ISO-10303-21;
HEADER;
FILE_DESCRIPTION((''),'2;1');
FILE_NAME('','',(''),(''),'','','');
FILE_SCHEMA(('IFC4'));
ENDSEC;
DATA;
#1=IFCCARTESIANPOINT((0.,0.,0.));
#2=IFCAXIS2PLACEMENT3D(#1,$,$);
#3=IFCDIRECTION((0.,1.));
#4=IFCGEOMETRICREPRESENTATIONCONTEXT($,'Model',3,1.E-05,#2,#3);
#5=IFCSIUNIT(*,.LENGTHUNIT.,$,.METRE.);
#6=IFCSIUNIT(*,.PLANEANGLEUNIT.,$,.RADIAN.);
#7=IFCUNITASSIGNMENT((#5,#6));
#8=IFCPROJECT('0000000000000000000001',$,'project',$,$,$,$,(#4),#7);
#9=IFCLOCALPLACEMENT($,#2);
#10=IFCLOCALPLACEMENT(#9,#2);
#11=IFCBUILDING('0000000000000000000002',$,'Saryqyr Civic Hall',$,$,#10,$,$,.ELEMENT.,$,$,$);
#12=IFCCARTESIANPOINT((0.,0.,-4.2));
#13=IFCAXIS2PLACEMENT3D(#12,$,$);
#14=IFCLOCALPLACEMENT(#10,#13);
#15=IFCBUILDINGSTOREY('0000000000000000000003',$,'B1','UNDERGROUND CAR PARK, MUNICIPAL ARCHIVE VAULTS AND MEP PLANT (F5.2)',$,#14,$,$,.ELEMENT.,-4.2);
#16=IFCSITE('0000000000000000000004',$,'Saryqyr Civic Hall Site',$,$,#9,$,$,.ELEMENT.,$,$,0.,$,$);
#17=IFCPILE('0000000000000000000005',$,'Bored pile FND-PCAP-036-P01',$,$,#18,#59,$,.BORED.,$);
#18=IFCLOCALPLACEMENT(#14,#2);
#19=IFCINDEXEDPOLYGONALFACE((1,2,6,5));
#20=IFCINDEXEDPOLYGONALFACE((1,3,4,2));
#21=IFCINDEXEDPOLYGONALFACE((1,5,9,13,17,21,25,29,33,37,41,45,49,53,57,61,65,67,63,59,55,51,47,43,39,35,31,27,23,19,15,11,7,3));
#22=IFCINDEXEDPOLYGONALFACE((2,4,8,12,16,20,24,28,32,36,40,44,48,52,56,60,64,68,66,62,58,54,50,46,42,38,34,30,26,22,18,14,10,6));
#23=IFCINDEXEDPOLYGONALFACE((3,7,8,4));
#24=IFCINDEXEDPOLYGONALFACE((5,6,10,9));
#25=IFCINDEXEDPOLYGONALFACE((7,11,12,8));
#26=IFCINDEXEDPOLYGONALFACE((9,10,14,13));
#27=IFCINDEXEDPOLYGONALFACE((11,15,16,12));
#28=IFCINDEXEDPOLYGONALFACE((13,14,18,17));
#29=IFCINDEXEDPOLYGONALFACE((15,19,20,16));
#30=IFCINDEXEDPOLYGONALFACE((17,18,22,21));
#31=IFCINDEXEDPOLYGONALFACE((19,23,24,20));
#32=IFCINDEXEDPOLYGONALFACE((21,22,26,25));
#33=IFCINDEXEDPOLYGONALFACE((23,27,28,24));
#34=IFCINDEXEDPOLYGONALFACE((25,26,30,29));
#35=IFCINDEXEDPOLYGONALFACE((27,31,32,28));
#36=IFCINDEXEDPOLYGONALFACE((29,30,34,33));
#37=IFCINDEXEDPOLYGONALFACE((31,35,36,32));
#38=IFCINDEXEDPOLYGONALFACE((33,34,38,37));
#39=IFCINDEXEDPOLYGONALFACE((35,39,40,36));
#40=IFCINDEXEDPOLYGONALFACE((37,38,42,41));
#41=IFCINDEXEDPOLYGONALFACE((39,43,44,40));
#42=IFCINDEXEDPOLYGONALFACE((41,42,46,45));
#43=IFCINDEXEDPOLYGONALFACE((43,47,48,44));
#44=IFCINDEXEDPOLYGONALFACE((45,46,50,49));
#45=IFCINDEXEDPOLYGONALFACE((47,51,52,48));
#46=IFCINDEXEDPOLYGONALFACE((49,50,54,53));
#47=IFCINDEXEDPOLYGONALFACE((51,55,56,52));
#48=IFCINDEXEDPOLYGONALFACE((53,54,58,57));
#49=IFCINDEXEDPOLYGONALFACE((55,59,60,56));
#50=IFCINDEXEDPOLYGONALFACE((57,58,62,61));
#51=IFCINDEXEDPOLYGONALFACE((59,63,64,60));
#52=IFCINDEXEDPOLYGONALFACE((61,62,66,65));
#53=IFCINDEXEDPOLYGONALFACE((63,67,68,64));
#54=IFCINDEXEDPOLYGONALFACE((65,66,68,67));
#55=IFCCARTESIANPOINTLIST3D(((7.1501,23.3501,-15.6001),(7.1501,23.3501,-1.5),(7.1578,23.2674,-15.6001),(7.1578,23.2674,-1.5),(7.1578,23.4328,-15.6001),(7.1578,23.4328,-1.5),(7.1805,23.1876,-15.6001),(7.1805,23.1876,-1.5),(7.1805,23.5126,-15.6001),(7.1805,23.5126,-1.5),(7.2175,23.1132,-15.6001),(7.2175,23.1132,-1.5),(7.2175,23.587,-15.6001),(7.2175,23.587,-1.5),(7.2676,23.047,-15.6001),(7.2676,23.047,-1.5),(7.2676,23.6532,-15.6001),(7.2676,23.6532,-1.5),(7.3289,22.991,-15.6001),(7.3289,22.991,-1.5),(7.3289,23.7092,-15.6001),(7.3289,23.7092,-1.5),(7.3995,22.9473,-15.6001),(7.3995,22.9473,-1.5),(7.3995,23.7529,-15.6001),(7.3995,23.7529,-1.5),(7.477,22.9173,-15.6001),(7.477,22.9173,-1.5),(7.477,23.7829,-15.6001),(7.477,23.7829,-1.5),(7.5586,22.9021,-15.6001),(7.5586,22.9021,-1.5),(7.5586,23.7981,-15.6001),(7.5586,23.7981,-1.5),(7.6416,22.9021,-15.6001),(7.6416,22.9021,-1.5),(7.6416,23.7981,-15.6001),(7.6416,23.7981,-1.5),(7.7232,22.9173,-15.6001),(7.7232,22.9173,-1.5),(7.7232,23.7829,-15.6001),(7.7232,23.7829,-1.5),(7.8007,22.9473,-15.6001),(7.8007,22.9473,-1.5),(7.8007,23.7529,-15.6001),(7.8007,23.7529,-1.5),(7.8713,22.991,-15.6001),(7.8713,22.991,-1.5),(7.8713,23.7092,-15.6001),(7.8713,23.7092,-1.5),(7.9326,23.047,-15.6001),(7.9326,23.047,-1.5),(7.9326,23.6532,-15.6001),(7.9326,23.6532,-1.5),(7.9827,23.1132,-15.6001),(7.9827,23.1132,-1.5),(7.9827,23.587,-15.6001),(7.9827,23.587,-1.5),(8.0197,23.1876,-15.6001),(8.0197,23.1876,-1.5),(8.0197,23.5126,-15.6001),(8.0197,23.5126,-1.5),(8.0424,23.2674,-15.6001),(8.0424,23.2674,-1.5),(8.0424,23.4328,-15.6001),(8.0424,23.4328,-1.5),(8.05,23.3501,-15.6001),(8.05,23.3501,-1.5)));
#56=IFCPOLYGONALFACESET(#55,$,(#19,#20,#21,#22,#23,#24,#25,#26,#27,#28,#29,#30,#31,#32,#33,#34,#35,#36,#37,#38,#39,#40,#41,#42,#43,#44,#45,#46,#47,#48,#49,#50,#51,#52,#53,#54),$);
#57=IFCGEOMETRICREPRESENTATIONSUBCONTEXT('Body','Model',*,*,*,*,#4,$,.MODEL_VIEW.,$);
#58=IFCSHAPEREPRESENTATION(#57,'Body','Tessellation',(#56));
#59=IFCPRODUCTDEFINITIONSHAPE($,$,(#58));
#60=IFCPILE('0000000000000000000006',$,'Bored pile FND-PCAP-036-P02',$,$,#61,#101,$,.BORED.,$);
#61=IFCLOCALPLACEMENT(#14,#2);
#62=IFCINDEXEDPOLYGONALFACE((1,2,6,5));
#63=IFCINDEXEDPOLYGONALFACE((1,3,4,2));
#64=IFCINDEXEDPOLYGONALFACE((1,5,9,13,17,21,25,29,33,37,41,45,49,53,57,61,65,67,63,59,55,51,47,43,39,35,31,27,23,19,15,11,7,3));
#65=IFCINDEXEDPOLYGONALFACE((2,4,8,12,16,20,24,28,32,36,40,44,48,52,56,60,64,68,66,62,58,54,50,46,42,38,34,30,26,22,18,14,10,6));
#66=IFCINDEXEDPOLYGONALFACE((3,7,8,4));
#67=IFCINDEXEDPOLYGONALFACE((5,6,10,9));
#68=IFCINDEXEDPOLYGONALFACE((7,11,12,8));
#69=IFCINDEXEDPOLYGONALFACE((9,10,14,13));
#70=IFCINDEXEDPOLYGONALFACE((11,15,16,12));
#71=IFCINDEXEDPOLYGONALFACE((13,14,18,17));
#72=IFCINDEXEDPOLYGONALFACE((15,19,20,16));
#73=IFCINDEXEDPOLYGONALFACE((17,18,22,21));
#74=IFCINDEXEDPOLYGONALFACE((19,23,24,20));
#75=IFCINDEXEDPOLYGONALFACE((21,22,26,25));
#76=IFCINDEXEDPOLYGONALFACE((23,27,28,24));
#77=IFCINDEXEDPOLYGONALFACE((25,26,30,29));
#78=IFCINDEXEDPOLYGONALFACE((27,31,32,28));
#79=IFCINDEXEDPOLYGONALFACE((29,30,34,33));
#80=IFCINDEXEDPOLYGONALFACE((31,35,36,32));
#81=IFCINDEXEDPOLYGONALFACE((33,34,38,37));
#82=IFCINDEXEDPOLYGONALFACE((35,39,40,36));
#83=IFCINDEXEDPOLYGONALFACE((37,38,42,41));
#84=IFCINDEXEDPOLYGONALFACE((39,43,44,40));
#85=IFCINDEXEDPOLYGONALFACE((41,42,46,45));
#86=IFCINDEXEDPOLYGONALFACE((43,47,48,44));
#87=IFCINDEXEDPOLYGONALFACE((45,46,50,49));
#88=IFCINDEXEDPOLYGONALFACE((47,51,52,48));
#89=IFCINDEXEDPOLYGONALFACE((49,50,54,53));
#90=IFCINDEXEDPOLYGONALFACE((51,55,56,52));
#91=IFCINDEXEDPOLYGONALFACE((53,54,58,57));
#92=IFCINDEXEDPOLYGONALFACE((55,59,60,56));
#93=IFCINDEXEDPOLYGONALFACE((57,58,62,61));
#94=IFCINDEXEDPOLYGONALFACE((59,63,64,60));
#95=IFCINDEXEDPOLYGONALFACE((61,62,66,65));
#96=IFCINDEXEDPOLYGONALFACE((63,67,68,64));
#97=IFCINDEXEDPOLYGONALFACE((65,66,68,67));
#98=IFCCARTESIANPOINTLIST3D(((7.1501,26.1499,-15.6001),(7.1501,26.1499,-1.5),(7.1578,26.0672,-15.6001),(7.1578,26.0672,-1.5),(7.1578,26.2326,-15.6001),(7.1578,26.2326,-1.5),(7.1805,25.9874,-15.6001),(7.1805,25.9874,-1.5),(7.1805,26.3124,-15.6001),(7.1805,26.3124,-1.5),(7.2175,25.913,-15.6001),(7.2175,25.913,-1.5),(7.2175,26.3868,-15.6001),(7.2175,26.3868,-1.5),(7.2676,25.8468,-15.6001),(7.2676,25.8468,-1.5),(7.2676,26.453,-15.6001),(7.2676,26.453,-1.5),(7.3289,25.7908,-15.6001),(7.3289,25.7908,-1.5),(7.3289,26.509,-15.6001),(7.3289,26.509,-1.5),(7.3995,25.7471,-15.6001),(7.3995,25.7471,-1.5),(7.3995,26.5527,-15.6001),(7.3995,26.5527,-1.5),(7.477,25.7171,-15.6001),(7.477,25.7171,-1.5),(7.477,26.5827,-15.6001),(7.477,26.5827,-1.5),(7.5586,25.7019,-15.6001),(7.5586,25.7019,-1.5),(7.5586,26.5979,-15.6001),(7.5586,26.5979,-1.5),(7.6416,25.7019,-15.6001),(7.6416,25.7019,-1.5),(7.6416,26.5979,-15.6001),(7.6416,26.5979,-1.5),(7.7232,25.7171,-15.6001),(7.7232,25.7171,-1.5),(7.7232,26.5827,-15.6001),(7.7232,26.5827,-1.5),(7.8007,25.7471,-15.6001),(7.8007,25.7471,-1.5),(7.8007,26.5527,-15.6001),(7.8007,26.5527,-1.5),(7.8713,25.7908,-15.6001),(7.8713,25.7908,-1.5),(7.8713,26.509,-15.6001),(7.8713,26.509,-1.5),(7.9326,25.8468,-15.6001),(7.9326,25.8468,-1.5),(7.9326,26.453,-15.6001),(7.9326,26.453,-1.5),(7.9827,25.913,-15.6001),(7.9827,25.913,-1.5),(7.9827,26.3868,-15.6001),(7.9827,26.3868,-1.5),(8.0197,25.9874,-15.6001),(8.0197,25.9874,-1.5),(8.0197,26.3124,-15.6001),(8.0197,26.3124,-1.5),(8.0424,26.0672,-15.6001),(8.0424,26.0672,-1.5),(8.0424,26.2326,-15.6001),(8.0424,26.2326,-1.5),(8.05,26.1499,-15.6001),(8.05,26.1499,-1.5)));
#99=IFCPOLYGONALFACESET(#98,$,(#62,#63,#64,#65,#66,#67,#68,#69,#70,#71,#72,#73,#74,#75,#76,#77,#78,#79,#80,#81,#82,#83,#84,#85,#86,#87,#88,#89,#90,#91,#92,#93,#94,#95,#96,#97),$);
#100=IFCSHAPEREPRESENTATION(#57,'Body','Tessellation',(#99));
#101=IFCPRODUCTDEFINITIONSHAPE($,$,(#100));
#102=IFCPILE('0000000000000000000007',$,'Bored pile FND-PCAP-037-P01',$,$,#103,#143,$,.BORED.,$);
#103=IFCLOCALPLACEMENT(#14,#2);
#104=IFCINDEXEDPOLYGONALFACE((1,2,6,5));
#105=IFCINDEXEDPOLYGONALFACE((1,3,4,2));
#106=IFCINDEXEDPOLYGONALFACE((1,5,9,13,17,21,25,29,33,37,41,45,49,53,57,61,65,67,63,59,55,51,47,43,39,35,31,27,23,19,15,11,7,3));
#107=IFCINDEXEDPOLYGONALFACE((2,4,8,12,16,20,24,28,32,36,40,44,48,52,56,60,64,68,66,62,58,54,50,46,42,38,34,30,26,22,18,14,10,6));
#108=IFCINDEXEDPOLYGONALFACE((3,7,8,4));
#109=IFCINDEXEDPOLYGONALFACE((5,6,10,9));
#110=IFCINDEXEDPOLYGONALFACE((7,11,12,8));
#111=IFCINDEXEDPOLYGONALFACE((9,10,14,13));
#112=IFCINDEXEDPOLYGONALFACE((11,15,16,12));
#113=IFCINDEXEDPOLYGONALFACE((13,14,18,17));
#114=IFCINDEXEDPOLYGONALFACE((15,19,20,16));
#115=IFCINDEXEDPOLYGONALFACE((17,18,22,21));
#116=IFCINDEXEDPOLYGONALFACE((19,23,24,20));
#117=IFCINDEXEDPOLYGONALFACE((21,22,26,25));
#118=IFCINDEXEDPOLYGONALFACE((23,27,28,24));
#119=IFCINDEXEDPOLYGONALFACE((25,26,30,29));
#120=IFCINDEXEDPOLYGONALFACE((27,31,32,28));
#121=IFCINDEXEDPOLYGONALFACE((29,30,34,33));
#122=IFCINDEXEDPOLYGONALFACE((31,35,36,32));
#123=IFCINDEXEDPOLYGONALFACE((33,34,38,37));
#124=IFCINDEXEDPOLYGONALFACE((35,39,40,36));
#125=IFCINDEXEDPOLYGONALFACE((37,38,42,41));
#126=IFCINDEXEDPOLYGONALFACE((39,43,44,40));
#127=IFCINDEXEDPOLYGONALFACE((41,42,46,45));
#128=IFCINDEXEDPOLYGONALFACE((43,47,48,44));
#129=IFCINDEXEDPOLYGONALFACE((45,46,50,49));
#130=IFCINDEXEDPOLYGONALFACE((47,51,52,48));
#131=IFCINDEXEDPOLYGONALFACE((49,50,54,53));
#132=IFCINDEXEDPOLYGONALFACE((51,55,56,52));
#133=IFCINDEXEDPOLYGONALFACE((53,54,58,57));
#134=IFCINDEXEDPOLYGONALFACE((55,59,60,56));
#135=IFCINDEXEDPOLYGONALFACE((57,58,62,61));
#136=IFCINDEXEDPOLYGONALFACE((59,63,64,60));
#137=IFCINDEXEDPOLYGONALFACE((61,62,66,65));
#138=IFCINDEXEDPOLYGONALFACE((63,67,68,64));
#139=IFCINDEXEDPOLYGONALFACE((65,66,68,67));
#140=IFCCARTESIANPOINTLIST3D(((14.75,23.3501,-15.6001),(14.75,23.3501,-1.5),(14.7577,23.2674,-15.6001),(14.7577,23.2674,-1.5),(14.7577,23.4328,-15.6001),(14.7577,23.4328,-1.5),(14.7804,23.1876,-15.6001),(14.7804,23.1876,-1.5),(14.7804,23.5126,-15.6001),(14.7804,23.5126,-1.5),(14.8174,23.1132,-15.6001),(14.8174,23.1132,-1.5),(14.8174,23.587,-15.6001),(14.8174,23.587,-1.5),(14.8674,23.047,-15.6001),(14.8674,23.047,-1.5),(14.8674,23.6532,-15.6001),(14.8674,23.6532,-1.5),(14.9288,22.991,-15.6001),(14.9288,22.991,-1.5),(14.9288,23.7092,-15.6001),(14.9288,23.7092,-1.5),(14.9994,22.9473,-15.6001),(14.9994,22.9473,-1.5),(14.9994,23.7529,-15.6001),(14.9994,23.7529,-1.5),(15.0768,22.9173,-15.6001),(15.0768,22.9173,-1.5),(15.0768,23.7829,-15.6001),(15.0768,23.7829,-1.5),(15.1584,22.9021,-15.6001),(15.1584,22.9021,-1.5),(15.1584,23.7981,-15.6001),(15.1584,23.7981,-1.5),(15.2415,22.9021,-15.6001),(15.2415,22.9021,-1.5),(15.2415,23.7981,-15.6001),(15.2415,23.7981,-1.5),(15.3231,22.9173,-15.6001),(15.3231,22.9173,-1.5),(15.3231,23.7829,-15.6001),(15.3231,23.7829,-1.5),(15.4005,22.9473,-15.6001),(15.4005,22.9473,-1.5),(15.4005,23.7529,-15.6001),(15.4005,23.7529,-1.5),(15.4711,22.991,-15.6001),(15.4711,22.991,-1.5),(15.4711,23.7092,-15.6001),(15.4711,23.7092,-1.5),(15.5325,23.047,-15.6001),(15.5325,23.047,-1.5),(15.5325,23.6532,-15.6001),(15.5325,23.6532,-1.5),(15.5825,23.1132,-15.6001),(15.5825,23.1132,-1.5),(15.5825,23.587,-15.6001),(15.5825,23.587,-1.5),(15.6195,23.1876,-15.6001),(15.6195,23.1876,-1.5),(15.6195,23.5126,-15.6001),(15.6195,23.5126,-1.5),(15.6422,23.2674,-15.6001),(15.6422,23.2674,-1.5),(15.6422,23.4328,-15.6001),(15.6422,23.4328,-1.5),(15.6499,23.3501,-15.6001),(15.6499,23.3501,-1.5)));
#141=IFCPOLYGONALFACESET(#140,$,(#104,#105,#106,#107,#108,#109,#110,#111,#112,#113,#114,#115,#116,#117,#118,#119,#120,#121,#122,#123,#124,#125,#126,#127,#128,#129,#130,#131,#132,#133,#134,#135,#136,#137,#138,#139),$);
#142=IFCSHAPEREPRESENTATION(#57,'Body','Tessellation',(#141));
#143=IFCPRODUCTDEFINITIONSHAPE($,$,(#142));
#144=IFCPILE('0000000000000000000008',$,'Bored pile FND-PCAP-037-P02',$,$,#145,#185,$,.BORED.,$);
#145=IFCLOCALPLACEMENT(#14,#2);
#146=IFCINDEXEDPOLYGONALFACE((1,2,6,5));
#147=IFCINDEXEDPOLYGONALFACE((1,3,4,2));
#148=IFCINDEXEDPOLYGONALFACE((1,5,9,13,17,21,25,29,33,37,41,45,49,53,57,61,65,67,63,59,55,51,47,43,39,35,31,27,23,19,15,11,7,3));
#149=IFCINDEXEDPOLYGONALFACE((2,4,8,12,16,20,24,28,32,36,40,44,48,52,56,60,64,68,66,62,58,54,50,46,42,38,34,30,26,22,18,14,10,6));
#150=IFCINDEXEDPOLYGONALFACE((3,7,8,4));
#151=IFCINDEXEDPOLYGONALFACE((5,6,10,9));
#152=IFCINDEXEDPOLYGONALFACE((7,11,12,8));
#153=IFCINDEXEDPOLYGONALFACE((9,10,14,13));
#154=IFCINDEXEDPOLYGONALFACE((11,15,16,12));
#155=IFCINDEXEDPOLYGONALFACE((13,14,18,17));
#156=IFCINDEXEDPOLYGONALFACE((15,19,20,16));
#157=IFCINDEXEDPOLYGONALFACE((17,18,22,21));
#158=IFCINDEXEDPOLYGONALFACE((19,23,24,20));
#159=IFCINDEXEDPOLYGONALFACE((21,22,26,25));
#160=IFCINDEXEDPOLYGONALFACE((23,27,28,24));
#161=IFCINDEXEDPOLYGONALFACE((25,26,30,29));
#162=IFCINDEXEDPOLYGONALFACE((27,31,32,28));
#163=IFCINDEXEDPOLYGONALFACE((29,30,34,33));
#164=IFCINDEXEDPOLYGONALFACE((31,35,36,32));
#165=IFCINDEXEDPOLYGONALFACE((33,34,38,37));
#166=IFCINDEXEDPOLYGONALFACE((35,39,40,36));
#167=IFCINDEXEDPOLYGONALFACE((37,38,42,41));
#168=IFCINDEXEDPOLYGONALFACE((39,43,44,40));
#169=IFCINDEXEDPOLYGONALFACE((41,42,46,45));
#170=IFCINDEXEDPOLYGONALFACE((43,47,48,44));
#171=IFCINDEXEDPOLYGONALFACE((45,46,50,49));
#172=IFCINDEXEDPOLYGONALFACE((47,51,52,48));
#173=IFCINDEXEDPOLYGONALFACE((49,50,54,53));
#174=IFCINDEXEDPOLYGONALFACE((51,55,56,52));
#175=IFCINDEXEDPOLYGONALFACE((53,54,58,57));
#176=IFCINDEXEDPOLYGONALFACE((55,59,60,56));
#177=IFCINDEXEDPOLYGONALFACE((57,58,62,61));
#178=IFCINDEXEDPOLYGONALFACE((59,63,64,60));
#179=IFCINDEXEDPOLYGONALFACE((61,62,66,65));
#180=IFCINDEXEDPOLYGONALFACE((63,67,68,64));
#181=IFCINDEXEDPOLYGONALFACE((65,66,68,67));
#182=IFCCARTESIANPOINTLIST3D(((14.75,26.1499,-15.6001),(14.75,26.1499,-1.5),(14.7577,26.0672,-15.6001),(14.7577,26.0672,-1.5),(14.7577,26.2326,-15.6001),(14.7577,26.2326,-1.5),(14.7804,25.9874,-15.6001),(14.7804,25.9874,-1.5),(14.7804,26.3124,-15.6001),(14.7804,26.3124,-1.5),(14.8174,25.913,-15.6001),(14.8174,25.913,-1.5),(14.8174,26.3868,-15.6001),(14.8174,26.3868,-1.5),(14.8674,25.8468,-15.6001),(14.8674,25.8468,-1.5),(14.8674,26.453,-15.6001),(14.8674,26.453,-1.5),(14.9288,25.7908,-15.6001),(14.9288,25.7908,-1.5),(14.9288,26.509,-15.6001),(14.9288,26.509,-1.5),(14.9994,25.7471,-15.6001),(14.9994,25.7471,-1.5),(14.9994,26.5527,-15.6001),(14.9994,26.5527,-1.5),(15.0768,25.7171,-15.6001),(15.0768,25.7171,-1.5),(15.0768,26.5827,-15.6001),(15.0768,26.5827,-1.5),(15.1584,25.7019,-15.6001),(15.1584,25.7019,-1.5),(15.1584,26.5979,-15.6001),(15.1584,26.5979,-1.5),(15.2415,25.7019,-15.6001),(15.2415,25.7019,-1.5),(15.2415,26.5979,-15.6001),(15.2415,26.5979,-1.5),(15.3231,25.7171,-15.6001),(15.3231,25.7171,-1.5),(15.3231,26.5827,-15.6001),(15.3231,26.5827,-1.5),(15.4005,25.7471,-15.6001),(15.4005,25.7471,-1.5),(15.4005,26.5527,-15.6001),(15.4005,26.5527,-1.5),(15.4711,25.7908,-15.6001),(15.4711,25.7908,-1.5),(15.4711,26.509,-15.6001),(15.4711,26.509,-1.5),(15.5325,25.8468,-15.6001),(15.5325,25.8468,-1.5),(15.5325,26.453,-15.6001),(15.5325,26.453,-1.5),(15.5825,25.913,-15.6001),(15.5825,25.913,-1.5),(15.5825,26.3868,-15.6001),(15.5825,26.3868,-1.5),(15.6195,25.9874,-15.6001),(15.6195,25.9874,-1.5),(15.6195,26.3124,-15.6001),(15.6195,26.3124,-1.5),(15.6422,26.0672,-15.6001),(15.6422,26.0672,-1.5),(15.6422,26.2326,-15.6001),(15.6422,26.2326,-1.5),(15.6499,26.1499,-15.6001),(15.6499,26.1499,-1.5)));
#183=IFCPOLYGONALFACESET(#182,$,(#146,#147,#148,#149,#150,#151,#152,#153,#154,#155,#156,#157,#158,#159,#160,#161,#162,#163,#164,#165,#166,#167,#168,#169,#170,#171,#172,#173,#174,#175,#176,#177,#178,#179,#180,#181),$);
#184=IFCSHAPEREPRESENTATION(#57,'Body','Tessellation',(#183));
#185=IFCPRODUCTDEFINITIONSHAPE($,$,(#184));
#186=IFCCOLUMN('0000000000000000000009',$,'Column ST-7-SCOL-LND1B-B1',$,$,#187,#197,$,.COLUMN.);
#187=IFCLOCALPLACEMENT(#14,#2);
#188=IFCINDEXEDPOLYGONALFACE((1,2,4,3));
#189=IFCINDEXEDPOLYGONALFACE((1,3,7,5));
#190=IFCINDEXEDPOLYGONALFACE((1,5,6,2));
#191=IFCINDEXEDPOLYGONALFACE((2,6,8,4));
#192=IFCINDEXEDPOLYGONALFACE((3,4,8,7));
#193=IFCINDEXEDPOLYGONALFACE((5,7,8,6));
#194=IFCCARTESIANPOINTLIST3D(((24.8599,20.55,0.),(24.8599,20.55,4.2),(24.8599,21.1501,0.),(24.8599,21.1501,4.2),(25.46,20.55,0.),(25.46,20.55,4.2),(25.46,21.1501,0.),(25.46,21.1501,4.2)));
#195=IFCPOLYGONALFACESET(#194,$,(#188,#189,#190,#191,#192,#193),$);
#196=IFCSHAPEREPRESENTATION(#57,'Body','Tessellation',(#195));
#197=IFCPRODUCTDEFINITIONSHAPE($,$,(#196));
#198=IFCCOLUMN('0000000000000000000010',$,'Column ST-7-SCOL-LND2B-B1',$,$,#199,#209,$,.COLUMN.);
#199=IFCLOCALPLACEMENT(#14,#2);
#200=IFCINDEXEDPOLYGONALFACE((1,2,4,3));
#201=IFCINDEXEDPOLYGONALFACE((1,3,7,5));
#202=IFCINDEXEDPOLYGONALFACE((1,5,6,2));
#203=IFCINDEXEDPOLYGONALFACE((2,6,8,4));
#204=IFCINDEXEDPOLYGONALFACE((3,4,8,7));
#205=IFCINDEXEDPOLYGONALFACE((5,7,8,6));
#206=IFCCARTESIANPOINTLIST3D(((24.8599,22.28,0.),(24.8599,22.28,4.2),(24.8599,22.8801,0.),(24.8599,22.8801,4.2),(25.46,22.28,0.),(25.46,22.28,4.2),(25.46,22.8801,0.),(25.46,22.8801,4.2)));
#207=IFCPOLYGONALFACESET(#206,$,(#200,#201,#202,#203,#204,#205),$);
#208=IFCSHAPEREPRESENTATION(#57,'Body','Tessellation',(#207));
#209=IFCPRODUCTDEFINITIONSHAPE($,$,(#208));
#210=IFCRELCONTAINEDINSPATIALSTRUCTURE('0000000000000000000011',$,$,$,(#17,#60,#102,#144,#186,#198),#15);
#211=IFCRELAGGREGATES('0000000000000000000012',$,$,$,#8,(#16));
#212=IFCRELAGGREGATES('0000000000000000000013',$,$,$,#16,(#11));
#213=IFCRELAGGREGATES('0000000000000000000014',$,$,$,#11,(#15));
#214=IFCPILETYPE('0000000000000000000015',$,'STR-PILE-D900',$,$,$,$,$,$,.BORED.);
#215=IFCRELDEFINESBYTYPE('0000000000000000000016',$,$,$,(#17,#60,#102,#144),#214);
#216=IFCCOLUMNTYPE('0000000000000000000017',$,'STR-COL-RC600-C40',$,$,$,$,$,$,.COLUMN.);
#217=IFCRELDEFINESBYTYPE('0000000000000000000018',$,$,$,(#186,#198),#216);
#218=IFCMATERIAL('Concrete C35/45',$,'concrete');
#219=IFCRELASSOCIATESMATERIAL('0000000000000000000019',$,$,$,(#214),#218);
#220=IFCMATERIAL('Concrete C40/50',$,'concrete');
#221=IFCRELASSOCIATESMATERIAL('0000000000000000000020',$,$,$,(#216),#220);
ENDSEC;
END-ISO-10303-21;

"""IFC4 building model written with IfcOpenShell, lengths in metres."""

from ifc_helpers import new_model, si_unit, direction, frame, origin, origin_2d, place, context, subcontext, project, spatial, rectangle, circle, extrude, material, material_profile, profile_set, type_object, element, save


model = new_model("IFC4")

# Units and contexts
model_context = context("Model", 3, precision=1e-05, world=origin(), true_north=direction((0.0, 1.0)))
body_context = subcontext(model_context, "Body", "Model", "MODEL_VIEW")
ifc_project = project(units=[si_unit("LENGTHUNIT", "METRE"), si_unit("PLANEANGLEUNIT", "RADIAN")], contexts=[model_context])

# Site, building, storey
site_placement = place(None, origin())
site = spatial("IfcSite", under=ifc_project, at=site_placement, Name="Saryqyr Civic Hall Site", CompositionType="ELEMENT", RefElevation=0.0)
building_placement = place(site_placement, origin())
building = spatial("IfcBuilding", under=site, at=building_placement, Name="Saryqyr Civic Hall", CompositionType="ELEMENT")
storey_placement = place(building_placement, frame((0.0, 0.0, -4.2)))
storey = spatial("IfcBuildingStorey", under=building, at=storey_placement, Name="B1", Description="UNDERGROUND CAR PARK, MUNICIPAL ARCHIVE VAULTS AND MEP PLANT (F5.2)", CompositionType="ELEMENT", Elevation=-4.2)

# Shared definitions
ifc_material_1 = material(Name="Concrete C35/45", Category="concrete")

# Piles
ifc_material_profile_1 = material_profile(ifc_material_1, circle(Radius=0.45, at=origin_2d()), Name="BORED PILE D900")
ifc_profile_set_1 = profile_set([ifc_material_profile_1], Name="Concrete C35/45")
pile_type_1 = type_object("IfcPileType", Name="STR-PILE-D900", PredefinedType="BORED", material=ifc_profile_set_1)
for number, where, z_axis, x_axis, name in (
    (1, (7.6001, 23.3501, -1.5), (0.0, 0.0, -1.0), (1.0, 0.0, 0.0), "Bored pile FND-PCAP-036-P01"),
    (2, (7.6001, 26.1499, -1.5), (0.0, 0.0, -1.0), (1.0, 0.0, 0.0), "Bored pile FND-PCAP-036-P02"),
    (3, (15.2, 23.3501, -1.5), (0.0, 0.0, -1.0), (1.0, 0.0, 0.0), "Bored pile FND-PCAP-037-P01"),
    (4, (15.2, 26.1499, -1.5), (0.0, 0.0, -1.0), (1.0, 0.0, 0.0), "Bored pile FND-PCAP-037-P02"),
):
    element("IfcPile", number, at=place(storey_placement, frame(where, z_axis=z_axis, x_axis=x_axis)), inside=storey, type_object=pile_type_1, Name=name, PredefinedType="BORED", context=body_context, shape_type="SweptSolid", body=[
        extrude(circle(Radius=0.45, at=origin_2d()), origin(), (0.0, 0.0, 1.0), 14.1001),
    ])

# Columns
ifc_material_2 = material(Name="Concrete C40/50", Category="concrete")
ifc_material_profile_2 = material_profile(ifc_material_2, rectangle(XDim=0.6001, YDim=0.6001, at=origin_2d()), Name="RC 600x600")
ifc_profile_set_2 = profile_set([ifc_material_profile_2], Name="Concrete C40/50")
column_type_1 = type_object("IfcColumnType", Name="STR-COL-RC600-C40", PredefinedType="COLUMN", material=ifc_profile_set_2)
for number, where, z_axis, x_axis, name in (
    (5, (25.1599, 20.8501, 0.0), (0.0, 0.0, 1.0), (1.0, 0.0, 0.0), "Column ST-7-SCOL-LND1B-B1"),
    (6, (25.1599, 22.5801, 0.0), (0.0, 0.0, 1.0), (1.0, 0.0, 0.0), "Column ST-7-SCOL-LND2B-B1"),
):
    element("IfcColumn", number, at=place(storey_placement, frame(where, z_axis=z_axis, x_axis=x_axis)), inside=storey, type_object=column_type_1, Name=name, PredefinedType="COLUMN", context=body_context, shape_type="SweptSolid", body=[
        extrude(rectangle(XDim=0.6001, YDim=0.6001, at=origin_2d()), origin(), (0.0, 0.0, 1.0), 4.2),
    ])

save(model, "model.ifc")
